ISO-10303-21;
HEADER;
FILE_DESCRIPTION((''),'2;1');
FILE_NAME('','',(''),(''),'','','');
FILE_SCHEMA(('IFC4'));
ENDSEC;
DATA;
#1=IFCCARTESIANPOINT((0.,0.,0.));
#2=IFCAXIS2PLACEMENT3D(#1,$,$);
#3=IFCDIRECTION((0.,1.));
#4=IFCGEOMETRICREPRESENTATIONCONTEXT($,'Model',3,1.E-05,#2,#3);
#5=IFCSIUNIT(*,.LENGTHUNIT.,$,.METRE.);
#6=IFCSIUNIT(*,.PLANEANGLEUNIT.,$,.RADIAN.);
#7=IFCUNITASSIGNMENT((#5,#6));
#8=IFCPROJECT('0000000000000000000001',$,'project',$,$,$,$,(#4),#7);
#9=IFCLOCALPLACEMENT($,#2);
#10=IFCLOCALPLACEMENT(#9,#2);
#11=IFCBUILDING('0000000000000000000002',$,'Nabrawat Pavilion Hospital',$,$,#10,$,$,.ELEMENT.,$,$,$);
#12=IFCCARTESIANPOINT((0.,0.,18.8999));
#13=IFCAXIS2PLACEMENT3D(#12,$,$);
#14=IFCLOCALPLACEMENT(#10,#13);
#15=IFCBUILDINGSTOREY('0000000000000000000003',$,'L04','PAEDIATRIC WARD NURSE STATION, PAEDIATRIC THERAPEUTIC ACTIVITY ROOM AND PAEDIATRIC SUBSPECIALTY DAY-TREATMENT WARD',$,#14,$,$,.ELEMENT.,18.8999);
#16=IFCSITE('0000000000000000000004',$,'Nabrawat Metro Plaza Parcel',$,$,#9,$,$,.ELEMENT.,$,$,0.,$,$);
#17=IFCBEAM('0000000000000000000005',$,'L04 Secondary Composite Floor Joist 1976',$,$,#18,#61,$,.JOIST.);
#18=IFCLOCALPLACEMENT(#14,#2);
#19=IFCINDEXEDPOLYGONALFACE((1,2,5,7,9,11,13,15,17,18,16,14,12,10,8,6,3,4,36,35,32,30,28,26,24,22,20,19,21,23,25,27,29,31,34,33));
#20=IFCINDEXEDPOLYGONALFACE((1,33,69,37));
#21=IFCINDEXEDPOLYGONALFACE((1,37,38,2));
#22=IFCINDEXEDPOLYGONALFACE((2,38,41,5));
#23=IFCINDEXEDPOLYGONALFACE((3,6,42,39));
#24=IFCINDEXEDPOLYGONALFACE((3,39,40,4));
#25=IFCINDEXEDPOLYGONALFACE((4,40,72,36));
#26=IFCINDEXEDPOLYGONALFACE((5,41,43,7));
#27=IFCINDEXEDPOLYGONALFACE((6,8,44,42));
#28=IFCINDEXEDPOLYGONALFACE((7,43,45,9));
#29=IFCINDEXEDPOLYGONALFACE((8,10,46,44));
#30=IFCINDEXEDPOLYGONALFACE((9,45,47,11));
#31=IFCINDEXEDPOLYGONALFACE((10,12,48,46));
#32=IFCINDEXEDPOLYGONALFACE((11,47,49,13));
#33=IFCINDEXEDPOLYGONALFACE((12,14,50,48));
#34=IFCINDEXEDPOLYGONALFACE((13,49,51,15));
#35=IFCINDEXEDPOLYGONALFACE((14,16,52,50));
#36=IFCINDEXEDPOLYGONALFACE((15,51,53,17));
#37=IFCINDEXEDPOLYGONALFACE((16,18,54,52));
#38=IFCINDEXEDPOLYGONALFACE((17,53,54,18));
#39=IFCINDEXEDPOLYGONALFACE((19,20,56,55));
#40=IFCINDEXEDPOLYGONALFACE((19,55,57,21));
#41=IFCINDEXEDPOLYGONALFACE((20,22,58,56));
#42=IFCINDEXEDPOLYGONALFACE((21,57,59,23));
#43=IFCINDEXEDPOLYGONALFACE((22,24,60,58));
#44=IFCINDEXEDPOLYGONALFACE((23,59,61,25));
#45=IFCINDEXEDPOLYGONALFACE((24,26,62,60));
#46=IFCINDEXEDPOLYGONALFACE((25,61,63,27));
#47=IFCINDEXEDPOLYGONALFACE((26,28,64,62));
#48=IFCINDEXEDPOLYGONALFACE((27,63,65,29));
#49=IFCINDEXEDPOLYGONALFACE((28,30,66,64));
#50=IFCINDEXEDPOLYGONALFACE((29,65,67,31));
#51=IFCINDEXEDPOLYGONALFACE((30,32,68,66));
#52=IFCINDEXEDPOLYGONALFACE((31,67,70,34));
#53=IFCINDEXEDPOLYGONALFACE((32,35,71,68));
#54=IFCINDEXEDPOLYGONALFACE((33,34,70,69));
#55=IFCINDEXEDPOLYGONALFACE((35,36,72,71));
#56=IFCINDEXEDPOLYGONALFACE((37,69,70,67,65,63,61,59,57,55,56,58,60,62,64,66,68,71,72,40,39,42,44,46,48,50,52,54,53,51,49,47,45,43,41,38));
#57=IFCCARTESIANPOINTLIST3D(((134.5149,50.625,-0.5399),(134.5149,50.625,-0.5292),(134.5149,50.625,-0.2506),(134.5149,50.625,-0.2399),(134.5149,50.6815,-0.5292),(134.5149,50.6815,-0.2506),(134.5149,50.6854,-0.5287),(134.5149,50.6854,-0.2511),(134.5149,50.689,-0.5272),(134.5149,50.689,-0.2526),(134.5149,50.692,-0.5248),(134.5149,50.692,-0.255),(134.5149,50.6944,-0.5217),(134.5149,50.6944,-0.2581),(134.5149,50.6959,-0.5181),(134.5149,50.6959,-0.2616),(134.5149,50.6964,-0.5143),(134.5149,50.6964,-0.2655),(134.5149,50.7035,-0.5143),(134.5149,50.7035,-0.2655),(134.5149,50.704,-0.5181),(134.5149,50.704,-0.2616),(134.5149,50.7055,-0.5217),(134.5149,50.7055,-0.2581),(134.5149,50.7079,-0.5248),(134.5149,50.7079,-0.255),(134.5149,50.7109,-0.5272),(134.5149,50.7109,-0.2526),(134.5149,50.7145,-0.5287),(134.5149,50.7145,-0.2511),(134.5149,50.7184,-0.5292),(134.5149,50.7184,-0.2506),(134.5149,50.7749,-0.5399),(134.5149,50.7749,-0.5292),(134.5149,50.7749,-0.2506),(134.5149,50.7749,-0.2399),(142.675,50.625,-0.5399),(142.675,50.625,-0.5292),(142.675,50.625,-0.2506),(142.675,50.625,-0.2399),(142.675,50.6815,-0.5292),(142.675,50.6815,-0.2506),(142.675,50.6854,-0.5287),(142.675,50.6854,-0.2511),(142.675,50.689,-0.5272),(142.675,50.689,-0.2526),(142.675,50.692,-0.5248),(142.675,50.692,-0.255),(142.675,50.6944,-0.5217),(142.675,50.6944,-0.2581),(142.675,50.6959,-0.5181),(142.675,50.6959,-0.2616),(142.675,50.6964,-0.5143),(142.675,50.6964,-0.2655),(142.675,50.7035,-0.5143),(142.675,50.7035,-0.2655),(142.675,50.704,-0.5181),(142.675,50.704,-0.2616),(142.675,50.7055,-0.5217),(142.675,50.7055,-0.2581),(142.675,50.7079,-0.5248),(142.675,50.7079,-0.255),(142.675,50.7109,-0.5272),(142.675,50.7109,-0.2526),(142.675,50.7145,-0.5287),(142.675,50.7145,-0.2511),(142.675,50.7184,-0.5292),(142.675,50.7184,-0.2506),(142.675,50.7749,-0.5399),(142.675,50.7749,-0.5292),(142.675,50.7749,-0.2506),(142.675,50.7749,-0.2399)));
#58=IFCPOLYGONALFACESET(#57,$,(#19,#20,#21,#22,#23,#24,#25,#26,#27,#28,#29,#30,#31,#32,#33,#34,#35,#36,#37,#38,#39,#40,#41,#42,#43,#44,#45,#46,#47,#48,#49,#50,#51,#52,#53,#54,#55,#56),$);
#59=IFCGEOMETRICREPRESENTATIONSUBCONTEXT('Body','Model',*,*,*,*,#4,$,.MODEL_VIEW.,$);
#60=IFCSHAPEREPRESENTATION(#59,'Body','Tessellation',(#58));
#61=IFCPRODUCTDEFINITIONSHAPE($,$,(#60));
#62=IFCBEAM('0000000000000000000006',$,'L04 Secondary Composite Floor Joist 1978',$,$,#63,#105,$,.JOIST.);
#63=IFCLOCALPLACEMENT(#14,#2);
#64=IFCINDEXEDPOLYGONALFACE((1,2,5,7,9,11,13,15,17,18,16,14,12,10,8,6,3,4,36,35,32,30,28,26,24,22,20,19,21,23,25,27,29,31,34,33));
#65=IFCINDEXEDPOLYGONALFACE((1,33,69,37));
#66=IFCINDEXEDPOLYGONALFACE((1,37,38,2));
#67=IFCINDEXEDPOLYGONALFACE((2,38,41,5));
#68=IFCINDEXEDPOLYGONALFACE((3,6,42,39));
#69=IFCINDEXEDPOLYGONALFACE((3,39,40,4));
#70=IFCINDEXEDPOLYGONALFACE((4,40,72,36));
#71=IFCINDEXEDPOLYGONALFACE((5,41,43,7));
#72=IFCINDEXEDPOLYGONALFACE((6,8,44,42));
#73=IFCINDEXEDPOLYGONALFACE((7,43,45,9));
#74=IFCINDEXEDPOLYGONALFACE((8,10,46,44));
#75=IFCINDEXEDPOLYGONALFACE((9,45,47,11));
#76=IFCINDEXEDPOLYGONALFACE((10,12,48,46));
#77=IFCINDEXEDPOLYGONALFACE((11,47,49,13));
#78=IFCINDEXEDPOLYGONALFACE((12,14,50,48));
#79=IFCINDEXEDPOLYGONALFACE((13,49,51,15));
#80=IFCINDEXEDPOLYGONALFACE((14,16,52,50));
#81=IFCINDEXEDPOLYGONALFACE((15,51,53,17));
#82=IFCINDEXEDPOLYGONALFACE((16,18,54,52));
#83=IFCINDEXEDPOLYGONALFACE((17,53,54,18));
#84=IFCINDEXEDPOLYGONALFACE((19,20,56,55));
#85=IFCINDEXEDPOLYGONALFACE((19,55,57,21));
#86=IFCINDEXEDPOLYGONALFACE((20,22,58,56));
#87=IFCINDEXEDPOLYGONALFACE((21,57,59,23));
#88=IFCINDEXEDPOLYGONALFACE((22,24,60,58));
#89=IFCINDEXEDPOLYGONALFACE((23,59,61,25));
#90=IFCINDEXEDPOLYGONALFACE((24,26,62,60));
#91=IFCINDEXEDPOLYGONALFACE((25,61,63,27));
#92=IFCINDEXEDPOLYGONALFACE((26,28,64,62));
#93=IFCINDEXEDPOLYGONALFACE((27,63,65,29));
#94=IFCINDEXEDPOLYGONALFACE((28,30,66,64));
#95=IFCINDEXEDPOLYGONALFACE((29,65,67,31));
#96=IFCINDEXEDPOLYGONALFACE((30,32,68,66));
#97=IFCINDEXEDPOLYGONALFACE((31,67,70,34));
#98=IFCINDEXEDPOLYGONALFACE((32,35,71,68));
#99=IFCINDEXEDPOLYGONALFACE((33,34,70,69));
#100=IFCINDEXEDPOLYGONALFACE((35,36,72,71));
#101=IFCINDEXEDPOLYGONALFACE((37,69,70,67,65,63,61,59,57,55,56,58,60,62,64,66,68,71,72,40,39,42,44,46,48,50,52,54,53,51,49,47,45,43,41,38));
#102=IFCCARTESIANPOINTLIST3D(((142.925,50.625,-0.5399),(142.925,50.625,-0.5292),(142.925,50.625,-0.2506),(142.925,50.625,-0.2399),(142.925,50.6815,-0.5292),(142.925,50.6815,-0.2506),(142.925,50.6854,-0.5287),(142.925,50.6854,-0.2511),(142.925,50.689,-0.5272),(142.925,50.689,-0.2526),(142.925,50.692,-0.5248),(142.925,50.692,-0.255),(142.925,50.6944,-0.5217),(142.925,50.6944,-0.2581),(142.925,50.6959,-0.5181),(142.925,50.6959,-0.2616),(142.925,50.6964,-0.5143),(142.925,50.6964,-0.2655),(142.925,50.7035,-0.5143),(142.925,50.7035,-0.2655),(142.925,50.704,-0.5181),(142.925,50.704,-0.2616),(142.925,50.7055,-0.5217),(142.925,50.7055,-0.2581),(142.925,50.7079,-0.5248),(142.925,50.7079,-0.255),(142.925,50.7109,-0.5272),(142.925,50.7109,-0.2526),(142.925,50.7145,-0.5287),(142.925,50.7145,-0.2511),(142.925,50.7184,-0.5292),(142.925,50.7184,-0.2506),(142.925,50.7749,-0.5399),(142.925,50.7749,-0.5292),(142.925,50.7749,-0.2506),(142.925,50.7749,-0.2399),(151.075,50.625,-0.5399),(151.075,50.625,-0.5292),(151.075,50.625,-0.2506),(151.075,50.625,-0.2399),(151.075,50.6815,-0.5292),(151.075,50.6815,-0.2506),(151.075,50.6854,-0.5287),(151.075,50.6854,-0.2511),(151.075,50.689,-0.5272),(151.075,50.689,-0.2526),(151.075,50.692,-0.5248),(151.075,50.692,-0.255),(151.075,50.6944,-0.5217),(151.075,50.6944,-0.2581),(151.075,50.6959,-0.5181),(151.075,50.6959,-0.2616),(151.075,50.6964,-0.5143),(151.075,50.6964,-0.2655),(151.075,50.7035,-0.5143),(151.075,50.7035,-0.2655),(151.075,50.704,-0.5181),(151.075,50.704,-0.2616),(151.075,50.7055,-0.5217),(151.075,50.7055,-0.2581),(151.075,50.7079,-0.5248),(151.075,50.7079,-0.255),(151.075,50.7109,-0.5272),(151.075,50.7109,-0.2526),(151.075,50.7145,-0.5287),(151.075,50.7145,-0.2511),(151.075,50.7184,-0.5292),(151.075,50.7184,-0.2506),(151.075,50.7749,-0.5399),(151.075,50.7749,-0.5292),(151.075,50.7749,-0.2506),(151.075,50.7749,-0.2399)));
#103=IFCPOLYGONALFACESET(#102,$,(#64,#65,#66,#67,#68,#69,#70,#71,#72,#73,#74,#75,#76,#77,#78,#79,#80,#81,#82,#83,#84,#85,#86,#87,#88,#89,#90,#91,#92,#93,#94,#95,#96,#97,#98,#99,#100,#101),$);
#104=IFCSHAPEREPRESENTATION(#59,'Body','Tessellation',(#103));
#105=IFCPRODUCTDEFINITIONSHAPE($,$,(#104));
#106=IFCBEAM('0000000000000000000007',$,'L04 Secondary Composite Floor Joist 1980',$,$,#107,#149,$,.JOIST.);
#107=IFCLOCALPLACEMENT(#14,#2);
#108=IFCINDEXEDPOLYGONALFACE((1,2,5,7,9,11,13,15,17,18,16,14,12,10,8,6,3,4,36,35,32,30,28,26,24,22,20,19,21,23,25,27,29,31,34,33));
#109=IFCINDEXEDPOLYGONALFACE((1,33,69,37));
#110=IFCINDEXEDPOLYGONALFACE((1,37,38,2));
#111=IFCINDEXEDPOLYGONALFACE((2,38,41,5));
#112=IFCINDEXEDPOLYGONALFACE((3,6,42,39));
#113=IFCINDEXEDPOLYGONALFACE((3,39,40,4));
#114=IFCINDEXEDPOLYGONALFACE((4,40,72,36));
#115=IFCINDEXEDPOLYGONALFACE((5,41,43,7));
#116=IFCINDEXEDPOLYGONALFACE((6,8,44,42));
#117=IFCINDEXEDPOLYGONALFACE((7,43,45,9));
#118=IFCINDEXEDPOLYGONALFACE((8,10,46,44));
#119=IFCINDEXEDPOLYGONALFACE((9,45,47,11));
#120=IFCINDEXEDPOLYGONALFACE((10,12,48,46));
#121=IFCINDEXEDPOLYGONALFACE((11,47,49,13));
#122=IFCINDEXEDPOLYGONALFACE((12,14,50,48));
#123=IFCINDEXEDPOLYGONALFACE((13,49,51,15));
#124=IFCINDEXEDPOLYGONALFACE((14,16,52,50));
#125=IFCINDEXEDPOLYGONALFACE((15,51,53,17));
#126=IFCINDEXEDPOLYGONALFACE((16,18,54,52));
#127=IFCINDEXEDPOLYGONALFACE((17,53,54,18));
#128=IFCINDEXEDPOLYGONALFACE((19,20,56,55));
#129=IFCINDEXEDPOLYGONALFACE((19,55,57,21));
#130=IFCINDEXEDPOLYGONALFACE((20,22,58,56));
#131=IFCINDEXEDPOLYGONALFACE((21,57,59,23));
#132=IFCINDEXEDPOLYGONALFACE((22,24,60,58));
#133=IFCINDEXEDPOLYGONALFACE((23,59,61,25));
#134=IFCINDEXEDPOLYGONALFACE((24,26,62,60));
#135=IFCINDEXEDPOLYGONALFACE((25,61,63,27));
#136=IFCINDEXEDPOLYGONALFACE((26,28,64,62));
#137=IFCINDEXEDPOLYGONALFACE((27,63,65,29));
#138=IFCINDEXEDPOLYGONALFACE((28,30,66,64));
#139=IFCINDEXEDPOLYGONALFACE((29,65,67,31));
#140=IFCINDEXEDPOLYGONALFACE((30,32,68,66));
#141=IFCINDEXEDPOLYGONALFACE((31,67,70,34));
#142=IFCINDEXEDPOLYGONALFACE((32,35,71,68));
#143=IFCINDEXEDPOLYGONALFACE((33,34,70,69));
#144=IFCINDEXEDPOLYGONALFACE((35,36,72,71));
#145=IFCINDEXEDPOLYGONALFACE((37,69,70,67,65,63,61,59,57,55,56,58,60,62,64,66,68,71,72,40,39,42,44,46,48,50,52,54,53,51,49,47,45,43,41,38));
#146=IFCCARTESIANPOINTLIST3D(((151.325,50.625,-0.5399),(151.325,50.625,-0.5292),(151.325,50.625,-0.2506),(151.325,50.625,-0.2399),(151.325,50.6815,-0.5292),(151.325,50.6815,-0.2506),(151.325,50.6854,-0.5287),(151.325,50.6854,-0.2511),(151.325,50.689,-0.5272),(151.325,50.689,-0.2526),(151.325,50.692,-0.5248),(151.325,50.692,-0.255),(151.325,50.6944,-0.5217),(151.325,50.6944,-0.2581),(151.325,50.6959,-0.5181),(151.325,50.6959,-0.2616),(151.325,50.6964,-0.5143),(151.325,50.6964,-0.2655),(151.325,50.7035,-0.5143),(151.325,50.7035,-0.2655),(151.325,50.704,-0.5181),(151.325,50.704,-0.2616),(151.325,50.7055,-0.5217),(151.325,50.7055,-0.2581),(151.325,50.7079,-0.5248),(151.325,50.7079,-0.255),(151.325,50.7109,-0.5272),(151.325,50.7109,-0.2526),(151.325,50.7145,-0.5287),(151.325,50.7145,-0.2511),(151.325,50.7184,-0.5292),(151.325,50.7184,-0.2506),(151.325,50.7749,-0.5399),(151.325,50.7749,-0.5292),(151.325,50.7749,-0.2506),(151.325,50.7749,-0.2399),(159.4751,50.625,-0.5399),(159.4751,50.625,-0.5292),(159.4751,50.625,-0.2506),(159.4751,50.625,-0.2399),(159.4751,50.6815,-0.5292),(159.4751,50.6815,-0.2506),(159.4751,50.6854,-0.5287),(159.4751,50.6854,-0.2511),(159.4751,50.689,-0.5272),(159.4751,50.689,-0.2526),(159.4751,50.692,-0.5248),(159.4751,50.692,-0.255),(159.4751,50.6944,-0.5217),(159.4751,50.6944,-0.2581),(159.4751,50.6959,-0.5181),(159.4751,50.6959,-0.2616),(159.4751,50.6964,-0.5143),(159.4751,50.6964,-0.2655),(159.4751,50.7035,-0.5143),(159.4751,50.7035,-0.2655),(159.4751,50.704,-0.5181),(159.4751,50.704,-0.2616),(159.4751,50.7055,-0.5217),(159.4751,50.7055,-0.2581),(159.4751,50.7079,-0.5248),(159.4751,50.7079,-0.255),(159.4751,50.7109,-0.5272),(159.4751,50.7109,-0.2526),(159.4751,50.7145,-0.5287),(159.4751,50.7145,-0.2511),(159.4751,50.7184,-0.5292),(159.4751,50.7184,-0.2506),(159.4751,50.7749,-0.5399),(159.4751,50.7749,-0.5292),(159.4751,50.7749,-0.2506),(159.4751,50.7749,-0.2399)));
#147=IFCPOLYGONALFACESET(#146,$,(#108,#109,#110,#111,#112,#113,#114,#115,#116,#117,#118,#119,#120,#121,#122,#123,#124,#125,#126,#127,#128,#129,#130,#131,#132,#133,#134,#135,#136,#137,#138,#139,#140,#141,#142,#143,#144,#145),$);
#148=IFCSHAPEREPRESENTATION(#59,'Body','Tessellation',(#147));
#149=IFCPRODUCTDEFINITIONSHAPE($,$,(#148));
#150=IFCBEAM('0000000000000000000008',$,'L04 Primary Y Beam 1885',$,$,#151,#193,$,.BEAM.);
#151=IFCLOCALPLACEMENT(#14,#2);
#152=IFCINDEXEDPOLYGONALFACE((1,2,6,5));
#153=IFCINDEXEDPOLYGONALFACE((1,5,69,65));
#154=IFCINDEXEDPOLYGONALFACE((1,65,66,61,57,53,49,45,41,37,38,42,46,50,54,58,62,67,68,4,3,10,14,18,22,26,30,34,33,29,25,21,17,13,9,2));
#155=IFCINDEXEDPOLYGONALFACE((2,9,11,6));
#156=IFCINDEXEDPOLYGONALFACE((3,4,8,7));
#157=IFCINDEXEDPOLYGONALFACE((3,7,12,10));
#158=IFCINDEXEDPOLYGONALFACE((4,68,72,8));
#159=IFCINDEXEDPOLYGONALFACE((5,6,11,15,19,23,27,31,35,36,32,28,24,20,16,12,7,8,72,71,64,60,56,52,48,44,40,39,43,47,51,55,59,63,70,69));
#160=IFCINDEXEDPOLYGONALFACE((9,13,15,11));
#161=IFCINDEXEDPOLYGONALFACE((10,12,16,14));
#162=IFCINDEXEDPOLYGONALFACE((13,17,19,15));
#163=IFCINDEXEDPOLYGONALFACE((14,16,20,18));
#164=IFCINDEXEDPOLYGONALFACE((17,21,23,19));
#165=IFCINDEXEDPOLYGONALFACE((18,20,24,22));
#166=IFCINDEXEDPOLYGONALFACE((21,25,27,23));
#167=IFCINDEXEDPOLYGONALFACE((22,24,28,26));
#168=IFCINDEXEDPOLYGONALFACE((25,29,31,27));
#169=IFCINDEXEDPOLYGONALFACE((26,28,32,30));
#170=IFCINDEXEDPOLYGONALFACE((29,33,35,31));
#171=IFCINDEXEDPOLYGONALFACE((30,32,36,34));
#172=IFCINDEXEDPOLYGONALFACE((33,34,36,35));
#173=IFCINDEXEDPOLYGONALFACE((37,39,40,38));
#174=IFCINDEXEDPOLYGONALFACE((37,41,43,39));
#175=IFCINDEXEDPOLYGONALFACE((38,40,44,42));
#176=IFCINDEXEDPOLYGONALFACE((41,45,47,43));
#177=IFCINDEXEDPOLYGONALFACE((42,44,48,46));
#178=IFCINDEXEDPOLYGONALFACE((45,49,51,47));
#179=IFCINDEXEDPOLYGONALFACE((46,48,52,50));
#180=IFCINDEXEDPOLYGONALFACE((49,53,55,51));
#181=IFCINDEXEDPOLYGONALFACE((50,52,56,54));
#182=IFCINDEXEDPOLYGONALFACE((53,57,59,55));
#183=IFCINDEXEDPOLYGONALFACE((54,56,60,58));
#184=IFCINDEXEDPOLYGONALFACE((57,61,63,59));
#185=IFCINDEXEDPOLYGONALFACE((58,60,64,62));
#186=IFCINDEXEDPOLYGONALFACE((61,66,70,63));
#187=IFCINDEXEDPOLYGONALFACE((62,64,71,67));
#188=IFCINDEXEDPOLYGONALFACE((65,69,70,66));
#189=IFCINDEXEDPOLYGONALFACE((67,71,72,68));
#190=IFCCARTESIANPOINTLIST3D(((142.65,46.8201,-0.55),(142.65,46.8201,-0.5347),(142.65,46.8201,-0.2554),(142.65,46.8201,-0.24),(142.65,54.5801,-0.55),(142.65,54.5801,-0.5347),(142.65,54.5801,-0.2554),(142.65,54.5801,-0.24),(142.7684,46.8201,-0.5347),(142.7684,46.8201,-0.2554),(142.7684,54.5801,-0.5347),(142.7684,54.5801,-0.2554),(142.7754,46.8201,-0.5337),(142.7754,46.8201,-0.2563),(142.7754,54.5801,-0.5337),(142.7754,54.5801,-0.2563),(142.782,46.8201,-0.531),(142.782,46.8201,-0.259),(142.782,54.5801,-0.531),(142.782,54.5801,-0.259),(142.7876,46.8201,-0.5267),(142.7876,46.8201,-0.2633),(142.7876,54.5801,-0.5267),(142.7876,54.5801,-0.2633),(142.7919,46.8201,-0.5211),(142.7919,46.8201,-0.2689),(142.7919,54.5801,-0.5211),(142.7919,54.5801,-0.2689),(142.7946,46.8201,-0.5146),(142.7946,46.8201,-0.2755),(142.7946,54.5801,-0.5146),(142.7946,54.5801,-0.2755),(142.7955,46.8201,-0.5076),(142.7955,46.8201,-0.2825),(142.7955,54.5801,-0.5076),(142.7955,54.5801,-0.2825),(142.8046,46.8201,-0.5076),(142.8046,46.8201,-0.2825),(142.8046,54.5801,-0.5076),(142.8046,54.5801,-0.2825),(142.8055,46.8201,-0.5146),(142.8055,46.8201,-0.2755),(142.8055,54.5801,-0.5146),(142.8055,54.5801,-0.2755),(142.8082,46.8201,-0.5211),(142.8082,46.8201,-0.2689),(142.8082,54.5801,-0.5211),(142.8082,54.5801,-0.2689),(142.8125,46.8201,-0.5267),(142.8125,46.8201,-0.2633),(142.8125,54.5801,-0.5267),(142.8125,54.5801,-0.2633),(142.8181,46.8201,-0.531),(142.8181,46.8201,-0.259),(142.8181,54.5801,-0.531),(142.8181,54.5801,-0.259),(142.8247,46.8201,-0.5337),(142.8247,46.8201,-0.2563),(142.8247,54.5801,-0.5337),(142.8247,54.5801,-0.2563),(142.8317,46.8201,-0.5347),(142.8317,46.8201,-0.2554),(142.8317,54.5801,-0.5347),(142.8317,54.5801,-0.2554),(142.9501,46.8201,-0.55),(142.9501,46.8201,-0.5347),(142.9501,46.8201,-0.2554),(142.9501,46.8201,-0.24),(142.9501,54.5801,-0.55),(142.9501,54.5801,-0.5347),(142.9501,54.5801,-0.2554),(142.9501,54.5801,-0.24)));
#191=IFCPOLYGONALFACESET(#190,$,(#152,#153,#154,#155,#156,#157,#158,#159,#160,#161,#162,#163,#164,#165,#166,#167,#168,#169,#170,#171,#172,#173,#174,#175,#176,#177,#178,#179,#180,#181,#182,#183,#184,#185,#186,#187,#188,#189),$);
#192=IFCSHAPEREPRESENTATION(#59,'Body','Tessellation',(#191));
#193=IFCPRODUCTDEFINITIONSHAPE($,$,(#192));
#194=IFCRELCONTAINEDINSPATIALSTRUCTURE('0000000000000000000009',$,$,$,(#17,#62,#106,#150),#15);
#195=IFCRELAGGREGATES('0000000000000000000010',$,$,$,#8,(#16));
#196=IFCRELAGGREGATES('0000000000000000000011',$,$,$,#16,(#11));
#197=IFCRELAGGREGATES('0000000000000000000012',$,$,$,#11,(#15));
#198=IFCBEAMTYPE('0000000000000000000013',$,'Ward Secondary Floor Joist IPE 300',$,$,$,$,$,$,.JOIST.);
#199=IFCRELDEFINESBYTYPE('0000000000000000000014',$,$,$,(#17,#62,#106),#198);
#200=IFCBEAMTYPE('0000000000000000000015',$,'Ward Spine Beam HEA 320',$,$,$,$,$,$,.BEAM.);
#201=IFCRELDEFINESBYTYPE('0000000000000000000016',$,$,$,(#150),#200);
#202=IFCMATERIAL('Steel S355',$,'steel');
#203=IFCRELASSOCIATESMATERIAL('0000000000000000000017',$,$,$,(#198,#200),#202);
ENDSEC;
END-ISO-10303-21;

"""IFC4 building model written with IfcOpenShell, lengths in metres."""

from ifc_helpers import new_model, si_unit, direction, frame, origin, origin_2d, place, context, subcontext, project, spatial, i_section, extrude, material, material_profile, profile_set, type_object, element, save


model = new_model("IFC4")

# Units and contexts
model_context = context("Model", 3, precision=1e-05, world=origin(), true_north=direction((0.0, 1.0)))
body_context = subcontext(model_context, "Body", "Model", "MODEL_VIEW")
ifc_project = project(units=[si_unit("LENGTHUNIT", "METRE"), si_unit("PLANEANGLEUNIT", "RADIAN")], contexts=[model_context])

# Site, building, storey
site_placement = place(None, origin())
site = spatial("IfcSite", under=ifc_project, at=site_placement, Name="Nabrawat Metro Plaza Parcel", CompositionType="ELEMENT", RefElevation=0.0)
building_placement = place(site_placement, origin())
building = spatial("IfcBuilding", under=site, at=building_placement, Name="Nabrawat Pavilion Hospital", CompositionType="ELEMENT")
storey_placement = place(building_placement, frame((0.0, 0.0, 18.8999)))
storey = spatial("IfcBuildingStorey", under=building, at=storey_placement, Name="L04", Description="PAEDIATRIC WARD NURSE STATION, PAEDIATRIC THERAPEUTIC ACTIVITY ROOM AND PAEDIATRIC SUBSPECIALTY DAY-TREATMENT WARD", CompositionType="ELEMENT", Elevation=18.8999)

# Shared definitions
ifc_material_1 = material(Name="Steel S355", Category="steel")

# Beams
ifc_material_profile_1 = material_profile(ifc_material_1, i_section(OverallWidth=0.1499, OverallDepth=0.3, WebThickness=0.0071, FlangeThickness=0.0107, FilletRadius=0.0149, at=origin_2d()), Name="IPE 300")
ifc_profile_set_1 = profile_set([ifc_material_profile_1], Name="Steel S355")
beam_type_1 = type_object("IfcBeamType", Name="Ward Secondary Floor Joist IPE 300", PredefinedType="JOIST", material=ifc_profile_set_1)
beam_1_placement = place(storey_placement, frame((134.5149, 50.7, -0.3899), z_axis=(1.0, 0.0, 0.0), x_axis=(0.0, 1.0, 0.0)))
element("IfcBeam", 1, at=beam_1_placement, inside=storey, type_object=beam_type_1, Name="L04 Secondary Composite Floor Joist 1976", PredefinedType="JOIST", context=body_context, shape_type="SweptSolid", body=[
    extrude(i_section(OverallWidth=0.1499, OverallDepth=0.3, WebThickness=0.0071, FlangeThickness=0.0107, FilletRadius=0.0149, at=origin_2d()), origin(), (0.0, 0.0, 1.0), 8.1602),
])
beam_2_placement = place(storey_placement, frame((142.925, 50.7, -0.3899), z_axis=(1.0, 0.0, 0.0), x_axis=(0.0, 1.0, 0.0)))
element("IfcBeam", 2, at=beam_2_placement, inside=storey, type_object=beam_type_1, Name="L04 Secondary Composite Floor Joist 1978", PredefinedType="JOIST", context=body_context, shape_type="SweptSolid", body=[
    extrude(i_section(OverallWidth=0.1499, OverallDepth=0.3, WebThickness=0.0071, FlangeThickness=0.0107, FilletRadius=0.0149, at=origin_2d()), origin(), (0.0, 0.0, 1.0), 8.1499),
])
beam_3_placement = place(storey_placement, frame((151.325, 50.7, -0.3899), z_axis=(1.0, 0.0, 0.0), x_axis=(0.0, 1.0, 0.0)))
element("IfcBeam", 3, at=beam_3_placement, inside=storey, type_object=beam_type_1, Name="L04 Secondary Composite Floor Joist 1980", PredefinedType="JOIST", context=body_context, shape_type="SweptSolid", body=[
    extrude(i_section(OverallWidth=0.1499, OverallDepth=0.3, WebThickness=0.0071, FlangeThickness=0.0107, FilletRadius=0.0149, at=origin_2d()), origin(), (0.0, 0.0, 1.0), 8.1501),
])
ifc_material_profile_2 = material_profile(ifc_material_1, i_section(OverallWidth=0.3, OverallDepth=0.3101, WebThickness=0.009, FlangeThickness=0.0154, FilletRadius=0.0271, at=origin_2d()), Name="HEA 320")
ifc_profile_set_2 = profile_set([ifc_material_profile_2], Name="Steel S355")
beam_type_2 = type_object("IfcBeamType", Name="Ward Spine Beam HEA 320", PredefinedType="BEAM", material=ifc_profile_set_2)
beam_4_placement = place(storey_placement, frame((142.8, 46.8201, -0.395), z_axis=(0.0, 1.0, 0.0), x_axis=(-1.0, 0.0, 0.0)))
element("IfcBeam", 4, at=beam_4_placement, inside=storey, type_object=beam_type_2, Name="L04 Primary Y Beam 1885", PredefinedType="BEAM", context=body_context, shape_type="SweptSolid", body=[
    extrude(i_section(OverallWidth=0.3, OverallDepth=0.3101, WebThickness=0.009, FlangeThickness=0.0154, FilletRadius=0.0271, at=origin_2d()), origin(), (0.0, 0.0, 1.0), 7.76),
])

save(model, "model.ifc")
